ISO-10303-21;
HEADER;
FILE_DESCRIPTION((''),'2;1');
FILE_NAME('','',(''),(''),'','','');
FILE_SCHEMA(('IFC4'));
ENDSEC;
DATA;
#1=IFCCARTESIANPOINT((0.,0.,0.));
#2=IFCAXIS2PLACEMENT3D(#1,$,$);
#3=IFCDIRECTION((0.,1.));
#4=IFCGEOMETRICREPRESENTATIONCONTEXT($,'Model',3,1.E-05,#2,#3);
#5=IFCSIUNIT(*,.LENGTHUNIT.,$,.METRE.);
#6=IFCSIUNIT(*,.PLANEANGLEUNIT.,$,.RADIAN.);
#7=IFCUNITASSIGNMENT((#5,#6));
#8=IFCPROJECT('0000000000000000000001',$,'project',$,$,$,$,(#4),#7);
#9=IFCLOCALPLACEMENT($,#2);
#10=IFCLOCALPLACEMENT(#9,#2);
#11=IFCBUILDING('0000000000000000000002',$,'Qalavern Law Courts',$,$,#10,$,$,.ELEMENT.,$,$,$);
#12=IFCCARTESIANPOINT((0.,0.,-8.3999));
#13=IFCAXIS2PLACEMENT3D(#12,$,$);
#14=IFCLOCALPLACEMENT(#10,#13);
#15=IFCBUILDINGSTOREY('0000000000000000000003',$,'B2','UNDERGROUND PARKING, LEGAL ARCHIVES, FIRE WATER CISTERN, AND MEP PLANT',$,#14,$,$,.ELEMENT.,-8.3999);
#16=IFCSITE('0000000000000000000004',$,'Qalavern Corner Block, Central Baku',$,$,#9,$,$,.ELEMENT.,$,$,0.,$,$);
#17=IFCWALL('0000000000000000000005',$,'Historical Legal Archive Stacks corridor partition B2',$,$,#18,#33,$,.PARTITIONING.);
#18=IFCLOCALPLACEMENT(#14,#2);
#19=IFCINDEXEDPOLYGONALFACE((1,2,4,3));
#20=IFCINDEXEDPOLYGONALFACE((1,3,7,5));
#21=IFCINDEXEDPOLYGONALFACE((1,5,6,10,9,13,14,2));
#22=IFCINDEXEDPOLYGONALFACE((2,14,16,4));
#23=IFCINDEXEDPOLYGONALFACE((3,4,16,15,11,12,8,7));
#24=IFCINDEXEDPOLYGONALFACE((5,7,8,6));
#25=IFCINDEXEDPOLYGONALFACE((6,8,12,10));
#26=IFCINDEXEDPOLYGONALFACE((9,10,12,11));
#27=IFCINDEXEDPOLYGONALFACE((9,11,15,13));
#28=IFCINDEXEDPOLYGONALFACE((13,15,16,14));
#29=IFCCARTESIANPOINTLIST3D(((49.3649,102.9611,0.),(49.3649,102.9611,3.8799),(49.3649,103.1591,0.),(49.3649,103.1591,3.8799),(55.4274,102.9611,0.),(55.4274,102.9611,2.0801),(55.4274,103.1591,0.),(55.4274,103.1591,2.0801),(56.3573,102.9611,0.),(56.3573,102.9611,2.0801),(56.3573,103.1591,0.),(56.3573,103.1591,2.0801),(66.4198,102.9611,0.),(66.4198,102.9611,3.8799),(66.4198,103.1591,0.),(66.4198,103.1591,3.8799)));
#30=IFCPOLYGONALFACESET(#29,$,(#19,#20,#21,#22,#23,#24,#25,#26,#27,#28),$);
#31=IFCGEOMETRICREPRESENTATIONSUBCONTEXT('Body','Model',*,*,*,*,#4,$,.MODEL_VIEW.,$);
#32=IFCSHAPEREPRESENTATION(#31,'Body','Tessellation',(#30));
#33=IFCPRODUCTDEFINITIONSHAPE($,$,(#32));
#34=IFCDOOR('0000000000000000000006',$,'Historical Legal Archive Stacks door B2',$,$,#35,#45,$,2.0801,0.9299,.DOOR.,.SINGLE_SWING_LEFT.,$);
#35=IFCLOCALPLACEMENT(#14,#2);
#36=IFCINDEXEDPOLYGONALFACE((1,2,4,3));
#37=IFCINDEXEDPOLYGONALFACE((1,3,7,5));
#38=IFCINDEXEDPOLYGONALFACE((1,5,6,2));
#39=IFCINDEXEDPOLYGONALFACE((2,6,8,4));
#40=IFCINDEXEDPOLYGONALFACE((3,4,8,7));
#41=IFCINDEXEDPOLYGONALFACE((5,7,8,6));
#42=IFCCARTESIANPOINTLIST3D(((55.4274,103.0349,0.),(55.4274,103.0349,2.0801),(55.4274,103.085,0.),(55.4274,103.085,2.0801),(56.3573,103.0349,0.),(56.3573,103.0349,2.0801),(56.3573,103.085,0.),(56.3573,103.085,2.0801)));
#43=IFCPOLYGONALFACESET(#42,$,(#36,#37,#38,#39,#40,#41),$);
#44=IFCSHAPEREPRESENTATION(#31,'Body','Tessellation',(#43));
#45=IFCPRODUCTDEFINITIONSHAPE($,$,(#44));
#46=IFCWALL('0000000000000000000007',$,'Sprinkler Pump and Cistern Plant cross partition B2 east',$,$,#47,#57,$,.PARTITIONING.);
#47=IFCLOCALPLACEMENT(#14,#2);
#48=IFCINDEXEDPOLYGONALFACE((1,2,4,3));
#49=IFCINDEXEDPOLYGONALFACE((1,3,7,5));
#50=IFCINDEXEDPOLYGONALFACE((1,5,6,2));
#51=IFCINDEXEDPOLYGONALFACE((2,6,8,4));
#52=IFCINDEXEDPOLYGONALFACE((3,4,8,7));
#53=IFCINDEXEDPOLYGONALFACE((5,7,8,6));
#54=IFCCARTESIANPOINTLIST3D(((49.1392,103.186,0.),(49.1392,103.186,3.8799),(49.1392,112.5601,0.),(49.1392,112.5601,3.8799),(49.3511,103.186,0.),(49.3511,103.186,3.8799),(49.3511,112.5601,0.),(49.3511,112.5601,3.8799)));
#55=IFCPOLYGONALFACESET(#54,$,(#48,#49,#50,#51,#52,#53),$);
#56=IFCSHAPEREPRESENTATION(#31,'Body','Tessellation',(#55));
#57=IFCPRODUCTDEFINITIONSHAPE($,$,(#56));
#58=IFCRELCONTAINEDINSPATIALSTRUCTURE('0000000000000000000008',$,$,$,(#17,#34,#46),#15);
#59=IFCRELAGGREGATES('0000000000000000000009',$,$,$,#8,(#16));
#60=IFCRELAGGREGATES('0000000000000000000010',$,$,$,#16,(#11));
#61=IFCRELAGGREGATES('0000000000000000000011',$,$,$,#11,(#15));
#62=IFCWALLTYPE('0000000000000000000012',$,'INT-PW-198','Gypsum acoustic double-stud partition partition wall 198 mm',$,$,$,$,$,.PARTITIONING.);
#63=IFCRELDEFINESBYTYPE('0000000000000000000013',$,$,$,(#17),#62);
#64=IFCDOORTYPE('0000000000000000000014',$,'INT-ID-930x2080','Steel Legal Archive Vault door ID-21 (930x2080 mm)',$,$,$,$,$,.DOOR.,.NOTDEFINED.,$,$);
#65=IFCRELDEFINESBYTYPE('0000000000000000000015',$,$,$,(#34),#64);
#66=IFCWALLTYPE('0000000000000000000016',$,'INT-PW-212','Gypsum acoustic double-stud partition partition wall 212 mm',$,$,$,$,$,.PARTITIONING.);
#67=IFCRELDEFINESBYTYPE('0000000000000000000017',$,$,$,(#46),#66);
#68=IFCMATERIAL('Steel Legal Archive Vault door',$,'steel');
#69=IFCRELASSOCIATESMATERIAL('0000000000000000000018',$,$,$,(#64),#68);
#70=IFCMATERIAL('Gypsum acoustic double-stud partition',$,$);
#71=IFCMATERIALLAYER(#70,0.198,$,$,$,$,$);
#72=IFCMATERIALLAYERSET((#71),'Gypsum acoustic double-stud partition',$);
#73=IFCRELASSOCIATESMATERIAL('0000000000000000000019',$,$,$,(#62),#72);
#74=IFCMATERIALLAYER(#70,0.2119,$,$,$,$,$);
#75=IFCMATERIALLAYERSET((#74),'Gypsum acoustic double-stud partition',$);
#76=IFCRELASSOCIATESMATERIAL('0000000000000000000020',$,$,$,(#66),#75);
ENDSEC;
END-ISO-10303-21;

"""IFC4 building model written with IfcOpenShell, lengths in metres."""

from ifc_helpers import new_model, si_unit, direction, frame, frame_2d, origin, place, context, subcontext, project, spatial, rectangle, extrude, material, layer, layer_set, type_object, element, fill, save


model = new_model("IFC4")

# Units and contexts
model_context = context("Model", 3, precision=1e-05, world=origin(), true_north=direction((0.0, 1.0)))
body_context = subcontext(model_context, "Body", "Model", "MODEL_VIEW")
ifc_project = project(units=[si_unit("LENGTHUNIT", "METRE"), si_unit("PLANEANGLEUNIT", "RADIAN")], contexts=[model_context])

# Site, building, storey
site_placement = place(None, origin())
site = spatial("IfcSite", under=ifc_project, at=site_placement, Name="Qalavern Corner Block, Central Baku", CompositionType="ELEMENT", RefElevation=0.0)
building_placement = place(site_placement, origin())
building = spatial("IfcBuilding", under=site, at=building_placement, Name="Qalavern Law Courts", CompositionType="ELEMENT")
storey_placement = place(building_placement, frame((0.0, 0.0, -8.3999)))
storey = spatial("IfcBuildingStorey", under=building, at=storey_placement, Name="B2", Description="UNDERGROUND PARKING, LEGAL ARCHIVES, FIRE WATER CISTERN, AND MEP PLANT", CompositionType="ELEMENT", Elevation=-8.3999)

# Wall, opening, door
ifc_material_1 = material(Name="Steel Legal Archive Vault door", Category="steel")
door_type = type_object("IfcDoorType", Name="INT-ID-930x2080", Description="Steel Legal Archive Vault door ID-21 (930x2080 mm)", OperationType="NOTDEFINED", PredefinedType="DOOR", material=ifc_material_1)
ifc_material_2 = material(Name="Gypsum acoustic double-stud partition")
ifc_layer_1 = layer(ifc_material_2, 0.198)
ifc_layer_set_1 = layer_set([ifc_layer_1], Name="Gypsum acoustic double-stud partition")
wall_type_1 = type_object("IfcWallType", Name="INT-PW-198", Description="Gypsum acoustic double-stud partition partition wall 198 mm", PredefinedType="PARTITIONING", material=ifc_layer_set_1)
wall_1_placement = place(storey_placement, frame((49.365, 103.0601, 0.0), z_axis=(0.0, 0.0, 1.0), x_axis=(1.0, 0.0, 0.0)))
wall_1 = element("IfcWall", 1, at=wall_1_placement, inside=storey, type_object=wall_type_1, Name="Historical Legal Archive Stacks corridor partition B2", PredefinedType="PARTITIONING", context=body_context, shape_type="SweptSolid", body=[
    extrude(rectangle(XDim=17.0549, YDim=0.198, at=frame_2d((8.5273, 0.0))), origin(), (0.0, 0.0, 1.0), 3.8799),
])
opening_1_placement = place(wall_1_placement, frame((6.0625, 0.0, 0.0)))
opening_1 = element("IfcOpeningElement", 2, at=opening_1_placement, cuts=wall_1, PredefinedType="OPENING", context=body_context, shape_type="SweptSolid", body=[
    extrude(rectangle(XDim=0.9299, YDim=2.0801, at=frame_2d((0.4648, 1.04))), frame((0.0, 0.1138, 0.0), z_axis=(0.0, -1.0, 0.0), x_axis=(1.0, 0.0, 0.0)), (0.0, 0.0, 1.0), 0.2278),
])
door_1_placement = place(opening_1_placement, origin())
door_1 = element("IfcDoor", 3, at=door_1_placement, inside=storey, type_object=door_type, Name="Historical Legal Archive Stacks door B2", OperationType="SINGLE_SWING_LEFT", OverallHeight=2.0801, OverallWidth=0.9299, PredefinedType="DOOR", context=body_context, shape_type="SweptSolid", body=[
    extrude(rectangle(XDim=0.9299, YDim=2.0801, at=frame_2d((0.4648, 1.04))), frame((0.0, 0.0249, 0.0), z_axis=(0.0, -1.0, 0.0), x_axis=(1.0, 0.0, 0.0)), (0.0, 0.0, 1.0), 0.05),
])
fill(opening_1, door_1)

# Wall
ifc_layer_2 = layer(ifc_material_2, 0.2119)
ifc_layer_set_2 = layer_set([ifc_layer_2], Name="Gypsum acoustic double-stud partition")
wall_type_2 = type_object("IfcWallType", Name="INT-PW-212", Description="Gypsum acoustic double-stud partition partition wall 212 mm", PredefinedType="PARTITIONING", material=ifc_layer_set_2)
wall_2_placement = place(storey_placement, frame((49.2451, 103.186, 0.0), z_axis=(0.0, 0.0, 1.0), x_axis=(0.0, 1.0, 0.0)))
element("IfcWall", 4, at=wall_2_placement, inside=storey, type_object=wall_type_2, Name="Sprinkler Pump and Cistern Plant cross partition B2 east", PredefinedType="PARTITIONING", context=body_context, shape_type="SweptSolid", body=[
    extrude(rectangle(XDim=9.374, YDim=0.2119, at=frame_2d((4.687, 0.0))), origin(), (0.0, 0.0, 1.0), 3.8799),
])

save(model, "model.ifc")
